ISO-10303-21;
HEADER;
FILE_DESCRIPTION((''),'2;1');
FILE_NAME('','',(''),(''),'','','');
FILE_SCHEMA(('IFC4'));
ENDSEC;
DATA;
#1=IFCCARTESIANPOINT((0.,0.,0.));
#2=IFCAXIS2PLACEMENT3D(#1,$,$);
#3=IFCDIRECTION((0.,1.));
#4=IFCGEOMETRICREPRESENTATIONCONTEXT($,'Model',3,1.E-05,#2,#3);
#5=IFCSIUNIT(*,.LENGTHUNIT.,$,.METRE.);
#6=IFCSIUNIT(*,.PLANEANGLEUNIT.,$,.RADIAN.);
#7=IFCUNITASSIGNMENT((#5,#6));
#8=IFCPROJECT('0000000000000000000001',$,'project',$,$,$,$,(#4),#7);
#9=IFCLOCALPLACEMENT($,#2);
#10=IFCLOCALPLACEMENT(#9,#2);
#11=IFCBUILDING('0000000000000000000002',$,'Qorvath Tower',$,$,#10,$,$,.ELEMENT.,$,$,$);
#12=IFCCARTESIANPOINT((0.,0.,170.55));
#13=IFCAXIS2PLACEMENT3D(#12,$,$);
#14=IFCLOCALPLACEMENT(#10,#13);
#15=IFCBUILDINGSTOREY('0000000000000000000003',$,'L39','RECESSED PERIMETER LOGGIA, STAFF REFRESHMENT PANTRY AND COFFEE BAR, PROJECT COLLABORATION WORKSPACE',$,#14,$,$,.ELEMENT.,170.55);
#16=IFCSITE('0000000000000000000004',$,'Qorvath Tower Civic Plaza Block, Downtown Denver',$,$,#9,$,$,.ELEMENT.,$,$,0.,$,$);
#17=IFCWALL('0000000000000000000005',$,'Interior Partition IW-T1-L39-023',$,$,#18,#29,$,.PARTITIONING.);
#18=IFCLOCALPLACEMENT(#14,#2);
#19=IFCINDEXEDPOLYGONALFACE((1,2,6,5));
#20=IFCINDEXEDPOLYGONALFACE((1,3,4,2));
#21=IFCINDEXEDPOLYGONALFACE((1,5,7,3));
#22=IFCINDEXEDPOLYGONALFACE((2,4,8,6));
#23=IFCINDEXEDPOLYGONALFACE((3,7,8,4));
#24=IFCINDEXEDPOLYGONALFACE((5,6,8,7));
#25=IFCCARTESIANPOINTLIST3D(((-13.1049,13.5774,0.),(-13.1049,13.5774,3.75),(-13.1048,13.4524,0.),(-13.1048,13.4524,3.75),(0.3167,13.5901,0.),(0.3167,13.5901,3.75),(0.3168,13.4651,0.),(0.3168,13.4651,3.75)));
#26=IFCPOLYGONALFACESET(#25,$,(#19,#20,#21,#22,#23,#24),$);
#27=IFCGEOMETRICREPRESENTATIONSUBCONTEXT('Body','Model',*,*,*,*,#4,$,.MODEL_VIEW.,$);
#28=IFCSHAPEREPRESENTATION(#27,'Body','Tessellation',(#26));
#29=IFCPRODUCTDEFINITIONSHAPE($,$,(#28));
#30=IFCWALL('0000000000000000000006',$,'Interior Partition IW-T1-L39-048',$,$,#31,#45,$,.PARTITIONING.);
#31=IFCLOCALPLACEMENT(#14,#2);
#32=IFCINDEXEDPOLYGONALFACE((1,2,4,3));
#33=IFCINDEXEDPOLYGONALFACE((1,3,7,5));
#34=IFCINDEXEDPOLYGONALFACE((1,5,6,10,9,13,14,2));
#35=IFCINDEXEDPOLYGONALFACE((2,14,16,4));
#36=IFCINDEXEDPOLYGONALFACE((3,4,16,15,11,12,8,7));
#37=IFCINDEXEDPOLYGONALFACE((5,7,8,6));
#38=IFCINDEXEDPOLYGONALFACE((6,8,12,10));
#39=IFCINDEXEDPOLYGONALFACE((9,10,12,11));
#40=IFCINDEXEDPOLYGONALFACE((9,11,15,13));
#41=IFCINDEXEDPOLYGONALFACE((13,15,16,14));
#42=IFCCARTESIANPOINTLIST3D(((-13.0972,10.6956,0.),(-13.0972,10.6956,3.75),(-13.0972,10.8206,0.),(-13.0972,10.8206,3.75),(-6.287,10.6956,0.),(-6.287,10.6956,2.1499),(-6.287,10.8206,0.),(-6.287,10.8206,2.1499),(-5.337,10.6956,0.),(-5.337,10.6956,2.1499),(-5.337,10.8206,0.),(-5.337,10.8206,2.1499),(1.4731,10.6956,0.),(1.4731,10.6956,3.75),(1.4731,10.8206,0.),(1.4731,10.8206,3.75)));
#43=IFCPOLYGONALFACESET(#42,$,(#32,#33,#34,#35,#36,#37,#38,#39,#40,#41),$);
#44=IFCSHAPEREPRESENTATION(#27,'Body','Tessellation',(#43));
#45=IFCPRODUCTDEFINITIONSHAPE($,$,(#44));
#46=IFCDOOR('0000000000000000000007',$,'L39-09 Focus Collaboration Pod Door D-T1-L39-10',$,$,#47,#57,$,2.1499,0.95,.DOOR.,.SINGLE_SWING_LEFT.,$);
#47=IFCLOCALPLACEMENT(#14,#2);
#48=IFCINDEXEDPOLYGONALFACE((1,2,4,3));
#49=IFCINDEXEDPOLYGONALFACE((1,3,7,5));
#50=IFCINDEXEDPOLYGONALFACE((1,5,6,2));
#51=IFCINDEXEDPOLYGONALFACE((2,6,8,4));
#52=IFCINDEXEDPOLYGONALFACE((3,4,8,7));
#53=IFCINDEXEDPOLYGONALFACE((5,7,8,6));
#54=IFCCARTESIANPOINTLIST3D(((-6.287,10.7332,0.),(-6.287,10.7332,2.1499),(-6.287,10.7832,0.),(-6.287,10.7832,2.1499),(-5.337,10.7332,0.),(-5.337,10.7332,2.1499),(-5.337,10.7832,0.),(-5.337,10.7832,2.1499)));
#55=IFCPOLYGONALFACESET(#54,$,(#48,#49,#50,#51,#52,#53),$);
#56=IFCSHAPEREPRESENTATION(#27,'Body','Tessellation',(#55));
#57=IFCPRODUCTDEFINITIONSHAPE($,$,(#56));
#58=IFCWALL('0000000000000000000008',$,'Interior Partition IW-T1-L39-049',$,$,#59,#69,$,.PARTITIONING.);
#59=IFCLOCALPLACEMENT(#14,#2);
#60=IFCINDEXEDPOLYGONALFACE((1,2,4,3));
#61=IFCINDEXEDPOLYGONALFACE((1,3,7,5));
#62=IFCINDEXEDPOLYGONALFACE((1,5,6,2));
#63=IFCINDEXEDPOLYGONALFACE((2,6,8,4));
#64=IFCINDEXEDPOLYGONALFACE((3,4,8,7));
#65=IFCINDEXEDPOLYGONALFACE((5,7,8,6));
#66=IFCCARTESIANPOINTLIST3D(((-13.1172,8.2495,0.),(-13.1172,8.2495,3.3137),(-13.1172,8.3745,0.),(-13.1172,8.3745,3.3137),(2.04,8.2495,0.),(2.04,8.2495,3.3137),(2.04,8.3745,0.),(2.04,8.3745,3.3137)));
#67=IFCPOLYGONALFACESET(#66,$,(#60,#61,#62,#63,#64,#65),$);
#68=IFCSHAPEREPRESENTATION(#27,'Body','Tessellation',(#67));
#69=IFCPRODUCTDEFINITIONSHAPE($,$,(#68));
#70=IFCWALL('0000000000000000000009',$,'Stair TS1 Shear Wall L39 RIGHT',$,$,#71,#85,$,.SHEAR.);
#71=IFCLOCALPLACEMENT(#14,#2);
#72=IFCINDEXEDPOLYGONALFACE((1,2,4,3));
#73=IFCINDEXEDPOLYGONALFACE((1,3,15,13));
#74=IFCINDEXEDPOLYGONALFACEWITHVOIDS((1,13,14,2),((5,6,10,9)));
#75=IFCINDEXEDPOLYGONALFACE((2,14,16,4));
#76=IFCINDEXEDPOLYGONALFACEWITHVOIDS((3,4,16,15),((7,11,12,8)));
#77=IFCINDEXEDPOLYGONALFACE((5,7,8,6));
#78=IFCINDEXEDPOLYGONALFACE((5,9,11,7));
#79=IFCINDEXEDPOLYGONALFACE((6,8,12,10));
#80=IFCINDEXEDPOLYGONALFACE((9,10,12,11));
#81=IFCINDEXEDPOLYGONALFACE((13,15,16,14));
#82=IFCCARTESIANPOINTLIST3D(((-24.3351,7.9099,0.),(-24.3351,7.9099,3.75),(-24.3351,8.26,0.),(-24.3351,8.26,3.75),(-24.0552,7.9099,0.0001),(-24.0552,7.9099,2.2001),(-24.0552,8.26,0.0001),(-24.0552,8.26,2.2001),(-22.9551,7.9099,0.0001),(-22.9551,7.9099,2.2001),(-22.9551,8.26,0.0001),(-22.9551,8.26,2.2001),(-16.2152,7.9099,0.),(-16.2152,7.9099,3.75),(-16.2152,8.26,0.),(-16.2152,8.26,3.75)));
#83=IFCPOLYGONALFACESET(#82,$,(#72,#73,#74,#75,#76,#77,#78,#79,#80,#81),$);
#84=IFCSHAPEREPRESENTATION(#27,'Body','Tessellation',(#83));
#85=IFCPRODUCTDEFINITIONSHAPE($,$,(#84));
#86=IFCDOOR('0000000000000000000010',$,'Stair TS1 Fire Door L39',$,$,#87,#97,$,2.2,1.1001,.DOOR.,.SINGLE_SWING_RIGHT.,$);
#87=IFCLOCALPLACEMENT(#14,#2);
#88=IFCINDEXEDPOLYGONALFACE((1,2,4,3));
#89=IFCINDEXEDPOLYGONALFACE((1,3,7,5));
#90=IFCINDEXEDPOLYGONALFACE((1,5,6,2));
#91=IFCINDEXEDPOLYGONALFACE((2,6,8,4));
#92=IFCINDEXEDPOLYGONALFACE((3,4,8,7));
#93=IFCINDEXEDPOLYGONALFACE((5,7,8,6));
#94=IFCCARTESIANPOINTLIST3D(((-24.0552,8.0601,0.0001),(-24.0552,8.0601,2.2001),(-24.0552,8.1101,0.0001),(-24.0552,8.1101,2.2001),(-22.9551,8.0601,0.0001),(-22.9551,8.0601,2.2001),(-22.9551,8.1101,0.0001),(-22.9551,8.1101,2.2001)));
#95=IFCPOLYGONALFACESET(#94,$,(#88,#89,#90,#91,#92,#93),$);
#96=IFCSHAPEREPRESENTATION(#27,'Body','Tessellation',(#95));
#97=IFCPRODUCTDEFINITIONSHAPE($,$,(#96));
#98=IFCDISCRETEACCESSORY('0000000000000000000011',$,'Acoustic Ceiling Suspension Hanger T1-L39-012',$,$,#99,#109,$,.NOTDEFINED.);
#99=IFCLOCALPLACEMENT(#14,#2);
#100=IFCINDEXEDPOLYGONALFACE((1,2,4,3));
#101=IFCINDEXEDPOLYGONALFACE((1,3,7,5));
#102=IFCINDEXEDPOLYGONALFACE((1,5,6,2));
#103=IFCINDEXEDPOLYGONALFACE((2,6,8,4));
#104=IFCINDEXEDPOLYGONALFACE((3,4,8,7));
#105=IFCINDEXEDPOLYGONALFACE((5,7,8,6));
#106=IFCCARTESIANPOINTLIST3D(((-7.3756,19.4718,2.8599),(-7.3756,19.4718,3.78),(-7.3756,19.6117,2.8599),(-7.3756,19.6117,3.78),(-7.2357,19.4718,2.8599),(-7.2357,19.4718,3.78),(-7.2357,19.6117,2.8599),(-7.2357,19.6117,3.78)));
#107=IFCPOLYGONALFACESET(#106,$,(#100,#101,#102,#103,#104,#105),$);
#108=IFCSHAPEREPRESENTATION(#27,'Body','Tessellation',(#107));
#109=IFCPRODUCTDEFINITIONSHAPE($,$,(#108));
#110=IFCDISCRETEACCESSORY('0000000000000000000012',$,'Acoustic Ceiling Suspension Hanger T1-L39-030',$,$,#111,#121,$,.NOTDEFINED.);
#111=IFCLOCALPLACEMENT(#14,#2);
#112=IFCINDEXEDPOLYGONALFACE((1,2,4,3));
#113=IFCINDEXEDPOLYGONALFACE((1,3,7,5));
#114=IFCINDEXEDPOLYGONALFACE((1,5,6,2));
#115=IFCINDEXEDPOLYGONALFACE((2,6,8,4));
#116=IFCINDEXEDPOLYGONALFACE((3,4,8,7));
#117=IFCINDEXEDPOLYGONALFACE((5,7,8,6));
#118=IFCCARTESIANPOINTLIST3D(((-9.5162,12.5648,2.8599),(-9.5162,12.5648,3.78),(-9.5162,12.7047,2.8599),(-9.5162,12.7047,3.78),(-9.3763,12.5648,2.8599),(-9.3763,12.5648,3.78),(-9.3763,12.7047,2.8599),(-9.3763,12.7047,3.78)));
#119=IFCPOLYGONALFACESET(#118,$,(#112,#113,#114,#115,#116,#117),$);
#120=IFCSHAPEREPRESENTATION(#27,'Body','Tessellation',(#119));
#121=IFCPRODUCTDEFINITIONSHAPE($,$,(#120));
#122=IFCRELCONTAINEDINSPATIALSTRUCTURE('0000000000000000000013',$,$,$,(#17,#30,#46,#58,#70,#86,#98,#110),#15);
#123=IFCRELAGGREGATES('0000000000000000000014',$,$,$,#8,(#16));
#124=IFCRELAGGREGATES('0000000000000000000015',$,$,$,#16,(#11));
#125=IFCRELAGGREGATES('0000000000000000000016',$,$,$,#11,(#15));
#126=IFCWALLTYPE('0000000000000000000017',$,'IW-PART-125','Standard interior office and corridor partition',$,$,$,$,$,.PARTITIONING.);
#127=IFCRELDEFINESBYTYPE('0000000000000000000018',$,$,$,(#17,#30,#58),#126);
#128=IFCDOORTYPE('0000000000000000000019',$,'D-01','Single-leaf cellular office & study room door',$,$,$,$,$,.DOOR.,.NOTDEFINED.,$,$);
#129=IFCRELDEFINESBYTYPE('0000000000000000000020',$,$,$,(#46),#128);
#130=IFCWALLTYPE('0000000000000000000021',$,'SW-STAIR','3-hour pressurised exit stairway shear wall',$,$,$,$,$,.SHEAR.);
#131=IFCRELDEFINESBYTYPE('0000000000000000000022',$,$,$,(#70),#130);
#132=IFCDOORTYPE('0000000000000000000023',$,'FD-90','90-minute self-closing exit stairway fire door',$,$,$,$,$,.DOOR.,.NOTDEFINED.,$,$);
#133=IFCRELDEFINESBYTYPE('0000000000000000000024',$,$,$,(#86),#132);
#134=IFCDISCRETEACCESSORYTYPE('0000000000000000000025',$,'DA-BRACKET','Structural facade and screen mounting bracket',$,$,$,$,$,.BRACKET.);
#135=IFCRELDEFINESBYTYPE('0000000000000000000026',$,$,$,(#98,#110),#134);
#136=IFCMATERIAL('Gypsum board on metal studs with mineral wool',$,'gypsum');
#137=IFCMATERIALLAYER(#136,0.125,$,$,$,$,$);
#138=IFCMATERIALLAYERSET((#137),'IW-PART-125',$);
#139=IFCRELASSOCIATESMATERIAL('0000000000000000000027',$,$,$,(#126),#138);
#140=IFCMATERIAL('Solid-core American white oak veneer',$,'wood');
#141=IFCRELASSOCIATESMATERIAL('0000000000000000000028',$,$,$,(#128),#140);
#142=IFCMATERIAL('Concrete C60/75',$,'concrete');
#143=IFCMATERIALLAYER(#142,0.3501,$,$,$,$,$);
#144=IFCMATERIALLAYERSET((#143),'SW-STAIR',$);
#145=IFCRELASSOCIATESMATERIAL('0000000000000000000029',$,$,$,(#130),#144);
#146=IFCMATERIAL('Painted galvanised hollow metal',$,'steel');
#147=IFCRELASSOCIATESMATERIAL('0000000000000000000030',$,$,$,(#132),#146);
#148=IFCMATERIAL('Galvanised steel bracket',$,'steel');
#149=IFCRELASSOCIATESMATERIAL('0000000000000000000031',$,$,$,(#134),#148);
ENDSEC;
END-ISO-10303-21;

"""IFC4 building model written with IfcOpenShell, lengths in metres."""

from ifc_helpers import new_model, si_unit, direction, frame, frame_2d, origin, origin_2d, place, context, subcontext, project, spatial, rectangle, extrude, material, layer, layer_set, type_object, element, fill, save


model = new_model("IFC4")

# Units and contexts
model_context = context("Model", 3, precision=1e-05, world=origin(), true_north=direction((0.0, 1.0)))
body_context = subcontext(model_context, "Body", "Model", "MODEL_VIEW")
ifc_project = project(units=[si_unit("LENGTHUNIT", "METRE"), si_unit("PLANEANGLEUNIT", "RADIAN")], contexts=[model_context])

# Site, building, storey
site_placement = place(None, origin())
site = spatial("IfcSite", under=ifc_project, at=site_placement, Name="Qorvath Tower Civic Plaza Block, Downtown Denver", CompositionType="ELEMENT", RefElevation=0.0)
building_placement = place(site_placement, origin())
building = spatial("IfcBuilding", under=site, at=building_placement, Name="Qorvath Tower", CompositionType="ELEMENT")
storey_placement = place(building_placement, frame((0.0, 0.0, 170.55)))
storey = spatial("IfcBuildingStorey", under=building, at=storey_placement, Name="L39", Description="RECESSED PERIMETER LOGGIA, STAFF REFRESHMENT PANTRY AND COFFEE BAR, PROJECT COLLABORATION WORKSPACE", CompositionType="ELEMENT", Elevation=170.55)

# Wall
ifc_material_1 = material(Name="Gypsum board on metal studs with mineral wool", Category="gypsum")
ifc_layer_1 = layer(ifc_material_1, 0.125)
ifc_layer_set_1 = layer_set([ifc_layer_1], Name="IW-PART-125")
wall_type_1 = type_object("IfcWallType", Name="IW-PART-125", Description="Standard interior office and corridor partition", PredefinedType="PARTITIONING", material=ifc_layer_set_1)
wall_1_placement = place(storey_placement, frame((-13.105, 13.5149, 0.0), z_axis=(0.0, 0.0, 1.0), x_axis=(1.0, 0.000946, 0.0)))
element("IfcWall", 1, at=wall_1_placement, inside=storey, type_object=wall_type_1, Name="Interior Partition IW-T1-L39-023", PredefinedType="PARTITIONING", context=body_context, shape_type="SweptSolid", body=[
    extrude(rectangle(XDim=13.4216, YDim=0.125, at=frame_2d((6.7109, 0.0))), origin(), (0.0, 0.0, 1.0), 3.75),
])

# Wall, opening, door
wall_2_placement = place(storey_placement, frame((1.4731, 10.7581, 0.0), z_axis=(0.0, 0.0, 1.0), x_axis=(-1.0, 0.0, 0.0)))
wall_2 = element("IfcWall", 2, at=wall_2_placement, inside=storey, type_object=wall_type_1, Name="Interior Partition IW-T1-L39-048", PredefinedType="PARTITIONING", context=body_context, shape_type="SweptSolid", body=[
    extrude(rectangle(XDim=14.5703, YDim=0.125, at=frame_2d((7.2852, 0.0))), origin(), (0.0, 0.0, 1.0), 3.75),
])
opening_1_placement = place(wall_2_placement, frame((6.8101, 0.0, 0.0)))
opening_1 = element("IfcOpeningElement", 3, at=opening_1_placement, cuts=wall_2, PredefinedType="OPENING", context=body_context, shape_type="SweptSolid", body=[
    extrude(rectangle(XDim=0.95, YDim=2.1499, at=frame_2d((0.4751, 1.075))), frame((0.0, 0.0725, 0.0), z_axis=(0.0, -1.0, 0.0), x_axis=(1.0, 0.0, 0.0)), (0.0, 0.0, 1.0), 0.145),
])
ifc_material_2 = material(Name="Solid-core American white oak veneer", Category="wood")
door_type_1 = type_object("IfcDoorType", Name="D-01", Description="Single-leaf cellular office & study room door", OperationType="NOTDEFINED", PredefinedType="DOOR", material=ifc_material_2)
door_1_placement = place(opening_1_placement, origin())
door_1 = element("IfcDoor", 4, at=door_1_placement, inside=storey, type_object=door_type_1, Name="L39-09 Focus Collaboration Pod Door D-T1-L39-10", OperationType="SINGLE_SWING_LEFT", OverallHeight=2.1499, OverallWidth=0.95, PredefinedType="DOOR", context=body_context, shape_type="SweptSolid", body=[
    extrude(rectangle(XDim=0.95, YDim=2.1499, at=frame_2d((0.4751, 1.075))), frame((0.0, 0.0249, 0.0), z_axis=(0.0, -1.0, 0.0), x_axis=(1.0, 0.0, 0.0)), (0.0, 0.0, 1.0), 0.05),
])
fill(opening_1, door_1)

# Wall
wall_3_placement = place(storey_placement, frame((-13.1172, 8.312, 0.0), z_axis=(0.0, 0.0, 1.0), x_axis=(1.0, 0.0, 0.0)))
element("IfcWall", 5, at=wall_3_placement, inside=storey, type_object=wall_type_1, Name="Interior Partition IW-T1-L39-049", PredefinedType="PARTITIONING", context=body_context, shape_type="SweptSolid", body=[
    extrude(rectangle(XDim=15.1572, YDim=0.125, at=frame_2d((7.5786, 0.0))), origin(), (0.0, 0.0, 1.0), 3.3137),
])

# Wall, opening, door
ifc_material_3 = material(Name="Concrete C60/75", Category="concrete")
ifc_layer_2 = layer(ifc_material_3, 0.3501)
ifc_layer_set_2 = layer_set([ifc_layer_2], Name="SW-STAIR")
wall_type_2 = type_object("IfcWallType", Name="SW-STAIR", Description="3-hour pressurised exit stairway shear wall", PredefinedType="SHEAR", material=ifc_layer_set_2)
wall_4_placement = place(storey_placement, frame((-16.2151, 8.085, 0.0), z_axis=(0.0, 0.0, 1.0), x_axis=(-1.0, 0.0, 0.0)))
wall_4 = element("IfcWall", 6, at=wall_4_placement, inside=storey, type_object=wall_type_2, Name="Stair TS1 Shear Wall L39 RIGHT", PredefinedType="SHEAR", context=body_context, shape_type="SweptSolid", body=[
    extrude(rectangle(XDim=8.1199, YDim=0.3501, at=frame_2d((4.0601, 0.0))), origin(), (0.0, 0.0, 1.0), 3.75),
])
opening_2_placement = place(wall_4_placement, frame((6.74, 0.0, 0.0)))
opening_2 = element("IfcOpeningElement", 7, at=opening_2_placement, cuts=wall_4, PredefinedType="OPENING", context=body_context, shape_type="SweptSolid", body=[
    extrude(rectangle(XDim=1.1001, YDim=2.2, at=frame_2d((0.55, 1.1001))), frame((0.0, 0.1851, 0.0), z_axis=(0.0, -1.0, 0.0), x_axis=(1.0, 0.0, 0.0)), (0.0, 0.0, 1.0), 0.3701),
])
ifc_material_4 = material(Name="Painted galvanised hollow metal", Category="steel")
door_type_2 = type_object("IfcDoorType", Name="FD-90", Description="90-minute self-closing exit stairway fire door", OperationType="NOTDEFINED", PredefinedType="DOOR", material=ifc_material_4)
door_2_placement = place(opening_2_placement, origin())
door_2 = element("IfcDoor", 8, at=door_2_placement, inside=storey, type_object=door_type_2, Name="Stair TS1 Fire Door L39", OperationType="SINGLE_SWING_RIGHT", OverallHeight=2.2, OverallWidth=1.1001, PredefinedType="DOOR", context=body_context, shape_type="SweptSolid", body=[
    extrude(rectangle(XDim=1.1001, YDim=2.2, at=frame_2d((0.55, 1.1001))), frame((0.0, 0.0249, 0.0), z_axis=(0.0, -1.0, 0.0), x_axis=(1.0, 0.0, 0.0)), (0.0, 0.0, 1.0), 0.05),
])
fill(opening_2, door_2)

# Discrete accessories
ifc_material_5 = material(Name="Galvanised steel bracket", Category="steel")
discrete_accessory_type = type_object("IfcDiscreteAccessoryType", Name="DA-BRACKET", Description="Structural facade and screen mounting bracket", PredefinedType="BRACKET", material=ifc_material_5)
for number, where, z_axis, x_axis, name in (
    (9, (-7.3057, 19.5417, 2.8599), (0.0, 0.0, 1.0), (1.0, 0.0, 0.0), "Acoustic Ceiling Suspension Hanger T1-L39-012"),
    (10, (-9.4463, 12.6348, 2.8599), (0.0, 0.0, 1.0), (1.0, 0.0, 0.0), "Acoustic Ceiling Suspension Hanger T1-L39-030"),
):
    element("IfcDiscreteAccessory", number, at=place(storey_placement, frame(where, z_axis=z_axis, x_axis=x_axis)), inside=storey, type_object=discrete_accessory_type, Name=name, PredefinedType="NOTDEFINED", context=body_context, shape_type="SweptSolid", body=[
        extrude(rectangle(XDim=0.1399, YDim=0.1399, at=origin_2d()), origin(), (0.0, 0.0, 1.0), 0.9202),
    ])

save(model, "model.ifc")
